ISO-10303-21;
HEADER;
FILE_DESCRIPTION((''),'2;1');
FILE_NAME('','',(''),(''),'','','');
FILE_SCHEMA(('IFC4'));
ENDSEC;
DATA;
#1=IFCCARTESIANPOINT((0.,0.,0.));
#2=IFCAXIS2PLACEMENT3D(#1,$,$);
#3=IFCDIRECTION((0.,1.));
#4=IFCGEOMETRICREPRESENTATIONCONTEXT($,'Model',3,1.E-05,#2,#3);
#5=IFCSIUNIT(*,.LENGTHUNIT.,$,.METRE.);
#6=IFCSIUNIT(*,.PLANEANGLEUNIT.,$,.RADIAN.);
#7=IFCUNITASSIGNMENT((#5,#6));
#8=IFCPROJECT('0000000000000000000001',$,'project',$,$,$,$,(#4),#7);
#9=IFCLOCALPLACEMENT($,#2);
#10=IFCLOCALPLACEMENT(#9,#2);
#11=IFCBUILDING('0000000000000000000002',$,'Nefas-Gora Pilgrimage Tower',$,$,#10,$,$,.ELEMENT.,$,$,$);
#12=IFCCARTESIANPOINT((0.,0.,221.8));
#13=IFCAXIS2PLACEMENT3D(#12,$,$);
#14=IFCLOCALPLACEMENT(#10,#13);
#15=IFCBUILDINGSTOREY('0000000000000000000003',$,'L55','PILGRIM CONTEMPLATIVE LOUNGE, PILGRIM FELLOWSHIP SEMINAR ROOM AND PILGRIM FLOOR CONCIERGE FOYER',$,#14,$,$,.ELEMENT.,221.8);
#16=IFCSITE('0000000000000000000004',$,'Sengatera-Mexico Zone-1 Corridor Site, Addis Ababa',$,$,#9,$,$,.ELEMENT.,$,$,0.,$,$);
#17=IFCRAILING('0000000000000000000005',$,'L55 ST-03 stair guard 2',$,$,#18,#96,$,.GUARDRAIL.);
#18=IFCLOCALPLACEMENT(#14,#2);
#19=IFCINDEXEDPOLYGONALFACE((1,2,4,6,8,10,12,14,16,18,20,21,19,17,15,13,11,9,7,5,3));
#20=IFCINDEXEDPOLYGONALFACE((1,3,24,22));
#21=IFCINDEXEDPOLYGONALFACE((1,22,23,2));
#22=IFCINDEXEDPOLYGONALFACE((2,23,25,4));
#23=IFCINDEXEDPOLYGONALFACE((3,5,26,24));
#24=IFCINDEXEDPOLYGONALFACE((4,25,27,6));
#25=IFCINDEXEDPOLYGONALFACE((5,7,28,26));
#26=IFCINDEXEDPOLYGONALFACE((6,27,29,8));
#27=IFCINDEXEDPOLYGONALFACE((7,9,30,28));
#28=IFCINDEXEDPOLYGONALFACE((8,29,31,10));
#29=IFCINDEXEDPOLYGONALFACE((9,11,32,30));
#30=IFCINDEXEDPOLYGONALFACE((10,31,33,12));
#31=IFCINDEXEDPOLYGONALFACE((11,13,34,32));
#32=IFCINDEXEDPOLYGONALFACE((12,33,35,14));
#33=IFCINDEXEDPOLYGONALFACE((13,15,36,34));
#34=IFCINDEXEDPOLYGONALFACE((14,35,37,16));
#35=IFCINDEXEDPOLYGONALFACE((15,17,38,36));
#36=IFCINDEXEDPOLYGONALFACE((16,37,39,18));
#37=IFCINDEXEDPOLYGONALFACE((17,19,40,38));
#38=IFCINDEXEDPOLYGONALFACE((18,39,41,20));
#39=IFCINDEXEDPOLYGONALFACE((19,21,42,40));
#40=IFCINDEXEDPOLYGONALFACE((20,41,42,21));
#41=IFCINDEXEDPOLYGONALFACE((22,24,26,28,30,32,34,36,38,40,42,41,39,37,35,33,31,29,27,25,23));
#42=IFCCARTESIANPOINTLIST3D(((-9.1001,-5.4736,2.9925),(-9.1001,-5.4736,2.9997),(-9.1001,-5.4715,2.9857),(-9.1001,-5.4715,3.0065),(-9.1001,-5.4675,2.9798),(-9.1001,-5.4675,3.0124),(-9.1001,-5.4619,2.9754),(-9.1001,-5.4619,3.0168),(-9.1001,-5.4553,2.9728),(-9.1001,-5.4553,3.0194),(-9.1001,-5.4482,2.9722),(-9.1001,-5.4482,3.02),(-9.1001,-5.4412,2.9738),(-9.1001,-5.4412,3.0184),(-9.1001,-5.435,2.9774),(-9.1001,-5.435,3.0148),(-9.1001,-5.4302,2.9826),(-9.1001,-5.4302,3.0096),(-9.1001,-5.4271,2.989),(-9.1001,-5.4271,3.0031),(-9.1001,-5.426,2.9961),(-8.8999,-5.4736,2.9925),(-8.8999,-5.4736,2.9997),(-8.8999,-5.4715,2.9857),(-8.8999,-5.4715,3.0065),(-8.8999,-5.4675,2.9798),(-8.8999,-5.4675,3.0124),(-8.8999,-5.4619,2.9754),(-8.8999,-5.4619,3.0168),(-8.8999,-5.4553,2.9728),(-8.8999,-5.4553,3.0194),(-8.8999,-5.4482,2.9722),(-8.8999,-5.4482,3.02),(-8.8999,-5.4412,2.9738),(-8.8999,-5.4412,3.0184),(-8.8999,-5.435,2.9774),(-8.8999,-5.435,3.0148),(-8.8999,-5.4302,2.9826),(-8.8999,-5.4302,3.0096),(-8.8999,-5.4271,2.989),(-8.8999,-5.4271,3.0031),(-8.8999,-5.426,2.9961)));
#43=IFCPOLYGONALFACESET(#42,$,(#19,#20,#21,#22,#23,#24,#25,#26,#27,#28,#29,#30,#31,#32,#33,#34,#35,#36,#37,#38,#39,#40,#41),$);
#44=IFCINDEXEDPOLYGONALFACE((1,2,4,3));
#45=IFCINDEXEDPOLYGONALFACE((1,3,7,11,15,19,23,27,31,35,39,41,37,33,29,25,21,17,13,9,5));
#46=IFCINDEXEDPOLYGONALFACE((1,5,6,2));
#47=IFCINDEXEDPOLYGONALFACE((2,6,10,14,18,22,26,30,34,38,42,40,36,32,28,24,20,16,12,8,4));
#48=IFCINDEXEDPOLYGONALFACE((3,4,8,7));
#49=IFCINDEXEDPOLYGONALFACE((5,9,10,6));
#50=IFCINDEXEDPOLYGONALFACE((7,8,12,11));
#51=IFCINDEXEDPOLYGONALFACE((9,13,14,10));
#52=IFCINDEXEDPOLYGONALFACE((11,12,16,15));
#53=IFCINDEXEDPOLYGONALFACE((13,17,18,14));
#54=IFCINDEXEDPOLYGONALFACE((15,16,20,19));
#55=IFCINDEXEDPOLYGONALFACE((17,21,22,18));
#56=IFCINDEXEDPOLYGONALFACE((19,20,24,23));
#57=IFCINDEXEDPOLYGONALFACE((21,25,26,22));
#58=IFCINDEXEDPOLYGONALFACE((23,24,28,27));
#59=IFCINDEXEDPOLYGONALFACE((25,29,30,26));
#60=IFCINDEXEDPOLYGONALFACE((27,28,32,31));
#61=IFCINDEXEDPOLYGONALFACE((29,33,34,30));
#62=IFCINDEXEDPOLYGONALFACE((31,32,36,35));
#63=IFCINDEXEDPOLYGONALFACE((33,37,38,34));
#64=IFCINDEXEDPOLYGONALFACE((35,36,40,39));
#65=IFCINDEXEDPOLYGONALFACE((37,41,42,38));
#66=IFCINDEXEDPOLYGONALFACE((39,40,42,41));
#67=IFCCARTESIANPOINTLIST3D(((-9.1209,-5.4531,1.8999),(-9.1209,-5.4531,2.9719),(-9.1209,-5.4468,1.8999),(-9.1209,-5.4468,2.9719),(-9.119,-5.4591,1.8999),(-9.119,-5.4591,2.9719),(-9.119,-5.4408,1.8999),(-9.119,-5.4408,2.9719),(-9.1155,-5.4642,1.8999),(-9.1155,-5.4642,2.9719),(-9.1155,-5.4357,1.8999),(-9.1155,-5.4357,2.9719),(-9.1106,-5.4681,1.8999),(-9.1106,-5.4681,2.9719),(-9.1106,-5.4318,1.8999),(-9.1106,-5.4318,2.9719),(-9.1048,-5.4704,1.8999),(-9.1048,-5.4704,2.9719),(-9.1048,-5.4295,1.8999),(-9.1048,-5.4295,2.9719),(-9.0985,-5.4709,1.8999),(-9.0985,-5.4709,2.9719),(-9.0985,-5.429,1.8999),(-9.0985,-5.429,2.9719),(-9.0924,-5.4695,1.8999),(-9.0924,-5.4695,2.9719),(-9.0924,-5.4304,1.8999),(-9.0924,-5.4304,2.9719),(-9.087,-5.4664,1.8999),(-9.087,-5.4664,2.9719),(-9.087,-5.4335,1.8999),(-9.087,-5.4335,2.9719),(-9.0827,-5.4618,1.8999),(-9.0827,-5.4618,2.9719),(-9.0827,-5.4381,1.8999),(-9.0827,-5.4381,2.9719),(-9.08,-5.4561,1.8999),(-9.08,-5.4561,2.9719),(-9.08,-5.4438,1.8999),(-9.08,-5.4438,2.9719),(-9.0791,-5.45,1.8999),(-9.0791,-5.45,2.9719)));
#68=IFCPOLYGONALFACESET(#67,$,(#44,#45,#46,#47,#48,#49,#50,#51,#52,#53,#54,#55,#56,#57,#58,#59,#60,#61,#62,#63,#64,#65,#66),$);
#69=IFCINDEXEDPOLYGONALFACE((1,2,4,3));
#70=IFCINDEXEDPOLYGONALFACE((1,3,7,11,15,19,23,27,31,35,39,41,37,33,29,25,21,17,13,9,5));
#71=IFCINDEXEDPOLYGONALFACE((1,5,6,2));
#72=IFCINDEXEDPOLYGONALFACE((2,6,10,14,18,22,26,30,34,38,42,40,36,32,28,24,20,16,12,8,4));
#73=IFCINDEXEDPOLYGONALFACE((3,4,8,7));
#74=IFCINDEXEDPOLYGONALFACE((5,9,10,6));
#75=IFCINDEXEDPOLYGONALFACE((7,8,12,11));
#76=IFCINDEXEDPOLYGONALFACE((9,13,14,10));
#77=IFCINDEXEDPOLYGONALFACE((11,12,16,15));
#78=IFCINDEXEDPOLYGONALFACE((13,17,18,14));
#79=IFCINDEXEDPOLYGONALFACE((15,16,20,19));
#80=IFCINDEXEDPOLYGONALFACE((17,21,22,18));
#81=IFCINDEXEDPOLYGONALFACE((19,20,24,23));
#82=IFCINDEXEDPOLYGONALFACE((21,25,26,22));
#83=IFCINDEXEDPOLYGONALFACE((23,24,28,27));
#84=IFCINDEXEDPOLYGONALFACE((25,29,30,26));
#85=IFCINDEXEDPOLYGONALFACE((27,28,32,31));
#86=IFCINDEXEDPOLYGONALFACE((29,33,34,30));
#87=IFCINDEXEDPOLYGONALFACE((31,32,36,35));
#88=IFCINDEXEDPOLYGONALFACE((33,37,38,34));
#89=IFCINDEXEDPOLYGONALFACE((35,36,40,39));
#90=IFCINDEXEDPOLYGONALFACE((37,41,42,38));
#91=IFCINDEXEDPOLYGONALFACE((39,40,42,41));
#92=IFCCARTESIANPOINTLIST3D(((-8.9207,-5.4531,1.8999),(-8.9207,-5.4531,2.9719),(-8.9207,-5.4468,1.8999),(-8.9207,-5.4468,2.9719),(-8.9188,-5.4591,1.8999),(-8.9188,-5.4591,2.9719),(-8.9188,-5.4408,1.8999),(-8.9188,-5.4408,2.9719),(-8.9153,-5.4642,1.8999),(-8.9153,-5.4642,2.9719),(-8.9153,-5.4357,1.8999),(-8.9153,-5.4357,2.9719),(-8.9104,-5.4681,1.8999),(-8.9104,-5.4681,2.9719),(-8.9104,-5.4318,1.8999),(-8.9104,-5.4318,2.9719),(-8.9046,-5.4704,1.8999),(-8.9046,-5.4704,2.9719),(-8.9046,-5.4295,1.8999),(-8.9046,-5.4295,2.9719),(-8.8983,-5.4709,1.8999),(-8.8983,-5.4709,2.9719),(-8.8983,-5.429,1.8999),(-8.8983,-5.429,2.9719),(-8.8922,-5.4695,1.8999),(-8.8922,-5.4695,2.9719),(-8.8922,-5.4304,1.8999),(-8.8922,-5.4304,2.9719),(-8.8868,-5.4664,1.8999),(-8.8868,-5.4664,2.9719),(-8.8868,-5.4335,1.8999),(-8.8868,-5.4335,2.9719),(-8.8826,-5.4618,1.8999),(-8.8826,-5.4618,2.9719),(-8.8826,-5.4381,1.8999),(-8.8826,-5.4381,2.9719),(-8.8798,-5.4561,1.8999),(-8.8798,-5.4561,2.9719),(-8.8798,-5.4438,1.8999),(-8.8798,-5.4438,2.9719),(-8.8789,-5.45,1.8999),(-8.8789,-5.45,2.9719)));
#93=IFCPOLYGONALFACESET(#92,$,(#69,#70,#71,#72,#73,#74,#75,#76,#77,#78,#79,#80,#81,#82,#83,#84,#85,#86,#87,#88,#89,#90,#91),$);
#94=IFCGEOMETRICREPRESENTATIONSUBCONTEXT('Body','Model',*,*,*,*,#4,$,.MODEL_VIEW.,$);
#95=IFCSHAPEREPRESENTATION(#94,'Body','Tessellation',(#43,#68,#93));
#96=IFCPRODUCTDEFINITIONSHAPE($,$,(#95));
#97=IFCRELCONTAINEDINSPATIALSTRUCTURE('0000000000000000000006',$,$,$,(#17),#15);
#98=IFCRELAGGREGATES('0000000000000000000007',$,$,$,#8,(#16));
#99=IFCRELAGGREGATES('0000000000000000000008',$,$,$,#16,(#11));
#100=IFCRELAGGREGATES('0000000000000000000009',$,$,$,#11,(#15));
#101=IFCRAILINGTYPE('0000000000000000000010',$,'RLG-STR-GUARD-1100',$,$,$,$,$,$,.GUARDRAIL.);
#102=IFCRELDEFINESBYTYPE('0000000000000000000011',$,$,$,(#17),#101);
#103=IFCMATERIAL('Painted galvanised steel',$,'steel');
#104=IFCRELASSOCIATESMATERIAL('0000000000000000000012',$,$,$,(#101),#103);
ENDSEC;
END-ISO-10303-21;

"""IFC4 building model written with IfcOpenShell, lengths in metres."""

from ifc_helpers import new_model, si_unit, direction, frame, origin, origin_2d, place, context, subcontext, project, spatial, circle, extrude, material, type_object, element, save


model = new_model("IFC4")

# Units and contexts
model_context = context("Model", 3, precision=1e-05, world=origin(), true_north=direction((0.0, 1.0)))
body_context = subcontext(model_context, "Body", "Model", "MODEL_VIEW")
ifc_project = project(units=[si_unit("LENGTHUNIT", "METRE"), si_unit("PLANEANGLEUNIT", "RADIAN")], contexts=[model_context])

# Site, building, storey
site_placement = place(None, origin())
site = spatial("IfcSite", under=ifc_project, at=site_placement, Name="Sengatera-Mexico Zone-1 Corridor Site, Addis Ababa", CompositionType="ELEMENT", RefElevation=0.0)
building_placement = place(site_placement, origin())
building = spatial("IfcBuilding", under=site, at=building_placement, Name="Nefas-Gora Pilgrimage Tower", CompositionType="ELEMENT")
storey_placement = place(building_placement, frame((0.0, 0.0, 221.8)))
storey = spatial("IfcBuildingStorey", under=building, at=storey_placement, Name="L55", Description="PILGRIM CONTEMPLATIVE LOUNGE, PILGRIM FELLOWSHIP SEMINAR ROOM AND PILGRIM FLOOR CONCIERGE FOYER", CompositionType="ELEMENT", Elevation=221.8)

# Railing
ifc_material_1 = material(Name="Painted galvanised steel", Category="steel")
railing_type_1 = type_object("IfcRailingType", Name="RLG-STR-GUARD-1100", PredefinedType="GUARDRAIL", material=ifc_material_1)
railing_1_placement = place(storey_placement, frame((-9.1001, -5.45, 1.8999)))
element("IfcRailing", 1, at=railing_1_placement, inside=storey, type_object=railing_type_1, Name="L55 ST-03 stair guard 2", PredefinedType="GUARDRAIL", context=body_context, shape_type="SweptSolid", body=[
    extrude(circle(Radius=0.0239, at=origin_2d()), frame((0.0, 0.0, 1.0962), z_axis=(1.0, 0.0, 0.0), x_axis=(0.0, 1.0, 0.0)), (0.0, 0.0, 1.0), 0.2002),
    extrude(circle(Radius=0.021, at=origin_2d()), origin(), (0.0, 0.0, 1.0), 1.072),
    extrude(circle(Radius=0.021, at=origin_2d()), frame((0.2002, 0.0, 0.0)), (0.0, 0.0, 1.0), 1.072),
])

save(model, "model.ifc")
